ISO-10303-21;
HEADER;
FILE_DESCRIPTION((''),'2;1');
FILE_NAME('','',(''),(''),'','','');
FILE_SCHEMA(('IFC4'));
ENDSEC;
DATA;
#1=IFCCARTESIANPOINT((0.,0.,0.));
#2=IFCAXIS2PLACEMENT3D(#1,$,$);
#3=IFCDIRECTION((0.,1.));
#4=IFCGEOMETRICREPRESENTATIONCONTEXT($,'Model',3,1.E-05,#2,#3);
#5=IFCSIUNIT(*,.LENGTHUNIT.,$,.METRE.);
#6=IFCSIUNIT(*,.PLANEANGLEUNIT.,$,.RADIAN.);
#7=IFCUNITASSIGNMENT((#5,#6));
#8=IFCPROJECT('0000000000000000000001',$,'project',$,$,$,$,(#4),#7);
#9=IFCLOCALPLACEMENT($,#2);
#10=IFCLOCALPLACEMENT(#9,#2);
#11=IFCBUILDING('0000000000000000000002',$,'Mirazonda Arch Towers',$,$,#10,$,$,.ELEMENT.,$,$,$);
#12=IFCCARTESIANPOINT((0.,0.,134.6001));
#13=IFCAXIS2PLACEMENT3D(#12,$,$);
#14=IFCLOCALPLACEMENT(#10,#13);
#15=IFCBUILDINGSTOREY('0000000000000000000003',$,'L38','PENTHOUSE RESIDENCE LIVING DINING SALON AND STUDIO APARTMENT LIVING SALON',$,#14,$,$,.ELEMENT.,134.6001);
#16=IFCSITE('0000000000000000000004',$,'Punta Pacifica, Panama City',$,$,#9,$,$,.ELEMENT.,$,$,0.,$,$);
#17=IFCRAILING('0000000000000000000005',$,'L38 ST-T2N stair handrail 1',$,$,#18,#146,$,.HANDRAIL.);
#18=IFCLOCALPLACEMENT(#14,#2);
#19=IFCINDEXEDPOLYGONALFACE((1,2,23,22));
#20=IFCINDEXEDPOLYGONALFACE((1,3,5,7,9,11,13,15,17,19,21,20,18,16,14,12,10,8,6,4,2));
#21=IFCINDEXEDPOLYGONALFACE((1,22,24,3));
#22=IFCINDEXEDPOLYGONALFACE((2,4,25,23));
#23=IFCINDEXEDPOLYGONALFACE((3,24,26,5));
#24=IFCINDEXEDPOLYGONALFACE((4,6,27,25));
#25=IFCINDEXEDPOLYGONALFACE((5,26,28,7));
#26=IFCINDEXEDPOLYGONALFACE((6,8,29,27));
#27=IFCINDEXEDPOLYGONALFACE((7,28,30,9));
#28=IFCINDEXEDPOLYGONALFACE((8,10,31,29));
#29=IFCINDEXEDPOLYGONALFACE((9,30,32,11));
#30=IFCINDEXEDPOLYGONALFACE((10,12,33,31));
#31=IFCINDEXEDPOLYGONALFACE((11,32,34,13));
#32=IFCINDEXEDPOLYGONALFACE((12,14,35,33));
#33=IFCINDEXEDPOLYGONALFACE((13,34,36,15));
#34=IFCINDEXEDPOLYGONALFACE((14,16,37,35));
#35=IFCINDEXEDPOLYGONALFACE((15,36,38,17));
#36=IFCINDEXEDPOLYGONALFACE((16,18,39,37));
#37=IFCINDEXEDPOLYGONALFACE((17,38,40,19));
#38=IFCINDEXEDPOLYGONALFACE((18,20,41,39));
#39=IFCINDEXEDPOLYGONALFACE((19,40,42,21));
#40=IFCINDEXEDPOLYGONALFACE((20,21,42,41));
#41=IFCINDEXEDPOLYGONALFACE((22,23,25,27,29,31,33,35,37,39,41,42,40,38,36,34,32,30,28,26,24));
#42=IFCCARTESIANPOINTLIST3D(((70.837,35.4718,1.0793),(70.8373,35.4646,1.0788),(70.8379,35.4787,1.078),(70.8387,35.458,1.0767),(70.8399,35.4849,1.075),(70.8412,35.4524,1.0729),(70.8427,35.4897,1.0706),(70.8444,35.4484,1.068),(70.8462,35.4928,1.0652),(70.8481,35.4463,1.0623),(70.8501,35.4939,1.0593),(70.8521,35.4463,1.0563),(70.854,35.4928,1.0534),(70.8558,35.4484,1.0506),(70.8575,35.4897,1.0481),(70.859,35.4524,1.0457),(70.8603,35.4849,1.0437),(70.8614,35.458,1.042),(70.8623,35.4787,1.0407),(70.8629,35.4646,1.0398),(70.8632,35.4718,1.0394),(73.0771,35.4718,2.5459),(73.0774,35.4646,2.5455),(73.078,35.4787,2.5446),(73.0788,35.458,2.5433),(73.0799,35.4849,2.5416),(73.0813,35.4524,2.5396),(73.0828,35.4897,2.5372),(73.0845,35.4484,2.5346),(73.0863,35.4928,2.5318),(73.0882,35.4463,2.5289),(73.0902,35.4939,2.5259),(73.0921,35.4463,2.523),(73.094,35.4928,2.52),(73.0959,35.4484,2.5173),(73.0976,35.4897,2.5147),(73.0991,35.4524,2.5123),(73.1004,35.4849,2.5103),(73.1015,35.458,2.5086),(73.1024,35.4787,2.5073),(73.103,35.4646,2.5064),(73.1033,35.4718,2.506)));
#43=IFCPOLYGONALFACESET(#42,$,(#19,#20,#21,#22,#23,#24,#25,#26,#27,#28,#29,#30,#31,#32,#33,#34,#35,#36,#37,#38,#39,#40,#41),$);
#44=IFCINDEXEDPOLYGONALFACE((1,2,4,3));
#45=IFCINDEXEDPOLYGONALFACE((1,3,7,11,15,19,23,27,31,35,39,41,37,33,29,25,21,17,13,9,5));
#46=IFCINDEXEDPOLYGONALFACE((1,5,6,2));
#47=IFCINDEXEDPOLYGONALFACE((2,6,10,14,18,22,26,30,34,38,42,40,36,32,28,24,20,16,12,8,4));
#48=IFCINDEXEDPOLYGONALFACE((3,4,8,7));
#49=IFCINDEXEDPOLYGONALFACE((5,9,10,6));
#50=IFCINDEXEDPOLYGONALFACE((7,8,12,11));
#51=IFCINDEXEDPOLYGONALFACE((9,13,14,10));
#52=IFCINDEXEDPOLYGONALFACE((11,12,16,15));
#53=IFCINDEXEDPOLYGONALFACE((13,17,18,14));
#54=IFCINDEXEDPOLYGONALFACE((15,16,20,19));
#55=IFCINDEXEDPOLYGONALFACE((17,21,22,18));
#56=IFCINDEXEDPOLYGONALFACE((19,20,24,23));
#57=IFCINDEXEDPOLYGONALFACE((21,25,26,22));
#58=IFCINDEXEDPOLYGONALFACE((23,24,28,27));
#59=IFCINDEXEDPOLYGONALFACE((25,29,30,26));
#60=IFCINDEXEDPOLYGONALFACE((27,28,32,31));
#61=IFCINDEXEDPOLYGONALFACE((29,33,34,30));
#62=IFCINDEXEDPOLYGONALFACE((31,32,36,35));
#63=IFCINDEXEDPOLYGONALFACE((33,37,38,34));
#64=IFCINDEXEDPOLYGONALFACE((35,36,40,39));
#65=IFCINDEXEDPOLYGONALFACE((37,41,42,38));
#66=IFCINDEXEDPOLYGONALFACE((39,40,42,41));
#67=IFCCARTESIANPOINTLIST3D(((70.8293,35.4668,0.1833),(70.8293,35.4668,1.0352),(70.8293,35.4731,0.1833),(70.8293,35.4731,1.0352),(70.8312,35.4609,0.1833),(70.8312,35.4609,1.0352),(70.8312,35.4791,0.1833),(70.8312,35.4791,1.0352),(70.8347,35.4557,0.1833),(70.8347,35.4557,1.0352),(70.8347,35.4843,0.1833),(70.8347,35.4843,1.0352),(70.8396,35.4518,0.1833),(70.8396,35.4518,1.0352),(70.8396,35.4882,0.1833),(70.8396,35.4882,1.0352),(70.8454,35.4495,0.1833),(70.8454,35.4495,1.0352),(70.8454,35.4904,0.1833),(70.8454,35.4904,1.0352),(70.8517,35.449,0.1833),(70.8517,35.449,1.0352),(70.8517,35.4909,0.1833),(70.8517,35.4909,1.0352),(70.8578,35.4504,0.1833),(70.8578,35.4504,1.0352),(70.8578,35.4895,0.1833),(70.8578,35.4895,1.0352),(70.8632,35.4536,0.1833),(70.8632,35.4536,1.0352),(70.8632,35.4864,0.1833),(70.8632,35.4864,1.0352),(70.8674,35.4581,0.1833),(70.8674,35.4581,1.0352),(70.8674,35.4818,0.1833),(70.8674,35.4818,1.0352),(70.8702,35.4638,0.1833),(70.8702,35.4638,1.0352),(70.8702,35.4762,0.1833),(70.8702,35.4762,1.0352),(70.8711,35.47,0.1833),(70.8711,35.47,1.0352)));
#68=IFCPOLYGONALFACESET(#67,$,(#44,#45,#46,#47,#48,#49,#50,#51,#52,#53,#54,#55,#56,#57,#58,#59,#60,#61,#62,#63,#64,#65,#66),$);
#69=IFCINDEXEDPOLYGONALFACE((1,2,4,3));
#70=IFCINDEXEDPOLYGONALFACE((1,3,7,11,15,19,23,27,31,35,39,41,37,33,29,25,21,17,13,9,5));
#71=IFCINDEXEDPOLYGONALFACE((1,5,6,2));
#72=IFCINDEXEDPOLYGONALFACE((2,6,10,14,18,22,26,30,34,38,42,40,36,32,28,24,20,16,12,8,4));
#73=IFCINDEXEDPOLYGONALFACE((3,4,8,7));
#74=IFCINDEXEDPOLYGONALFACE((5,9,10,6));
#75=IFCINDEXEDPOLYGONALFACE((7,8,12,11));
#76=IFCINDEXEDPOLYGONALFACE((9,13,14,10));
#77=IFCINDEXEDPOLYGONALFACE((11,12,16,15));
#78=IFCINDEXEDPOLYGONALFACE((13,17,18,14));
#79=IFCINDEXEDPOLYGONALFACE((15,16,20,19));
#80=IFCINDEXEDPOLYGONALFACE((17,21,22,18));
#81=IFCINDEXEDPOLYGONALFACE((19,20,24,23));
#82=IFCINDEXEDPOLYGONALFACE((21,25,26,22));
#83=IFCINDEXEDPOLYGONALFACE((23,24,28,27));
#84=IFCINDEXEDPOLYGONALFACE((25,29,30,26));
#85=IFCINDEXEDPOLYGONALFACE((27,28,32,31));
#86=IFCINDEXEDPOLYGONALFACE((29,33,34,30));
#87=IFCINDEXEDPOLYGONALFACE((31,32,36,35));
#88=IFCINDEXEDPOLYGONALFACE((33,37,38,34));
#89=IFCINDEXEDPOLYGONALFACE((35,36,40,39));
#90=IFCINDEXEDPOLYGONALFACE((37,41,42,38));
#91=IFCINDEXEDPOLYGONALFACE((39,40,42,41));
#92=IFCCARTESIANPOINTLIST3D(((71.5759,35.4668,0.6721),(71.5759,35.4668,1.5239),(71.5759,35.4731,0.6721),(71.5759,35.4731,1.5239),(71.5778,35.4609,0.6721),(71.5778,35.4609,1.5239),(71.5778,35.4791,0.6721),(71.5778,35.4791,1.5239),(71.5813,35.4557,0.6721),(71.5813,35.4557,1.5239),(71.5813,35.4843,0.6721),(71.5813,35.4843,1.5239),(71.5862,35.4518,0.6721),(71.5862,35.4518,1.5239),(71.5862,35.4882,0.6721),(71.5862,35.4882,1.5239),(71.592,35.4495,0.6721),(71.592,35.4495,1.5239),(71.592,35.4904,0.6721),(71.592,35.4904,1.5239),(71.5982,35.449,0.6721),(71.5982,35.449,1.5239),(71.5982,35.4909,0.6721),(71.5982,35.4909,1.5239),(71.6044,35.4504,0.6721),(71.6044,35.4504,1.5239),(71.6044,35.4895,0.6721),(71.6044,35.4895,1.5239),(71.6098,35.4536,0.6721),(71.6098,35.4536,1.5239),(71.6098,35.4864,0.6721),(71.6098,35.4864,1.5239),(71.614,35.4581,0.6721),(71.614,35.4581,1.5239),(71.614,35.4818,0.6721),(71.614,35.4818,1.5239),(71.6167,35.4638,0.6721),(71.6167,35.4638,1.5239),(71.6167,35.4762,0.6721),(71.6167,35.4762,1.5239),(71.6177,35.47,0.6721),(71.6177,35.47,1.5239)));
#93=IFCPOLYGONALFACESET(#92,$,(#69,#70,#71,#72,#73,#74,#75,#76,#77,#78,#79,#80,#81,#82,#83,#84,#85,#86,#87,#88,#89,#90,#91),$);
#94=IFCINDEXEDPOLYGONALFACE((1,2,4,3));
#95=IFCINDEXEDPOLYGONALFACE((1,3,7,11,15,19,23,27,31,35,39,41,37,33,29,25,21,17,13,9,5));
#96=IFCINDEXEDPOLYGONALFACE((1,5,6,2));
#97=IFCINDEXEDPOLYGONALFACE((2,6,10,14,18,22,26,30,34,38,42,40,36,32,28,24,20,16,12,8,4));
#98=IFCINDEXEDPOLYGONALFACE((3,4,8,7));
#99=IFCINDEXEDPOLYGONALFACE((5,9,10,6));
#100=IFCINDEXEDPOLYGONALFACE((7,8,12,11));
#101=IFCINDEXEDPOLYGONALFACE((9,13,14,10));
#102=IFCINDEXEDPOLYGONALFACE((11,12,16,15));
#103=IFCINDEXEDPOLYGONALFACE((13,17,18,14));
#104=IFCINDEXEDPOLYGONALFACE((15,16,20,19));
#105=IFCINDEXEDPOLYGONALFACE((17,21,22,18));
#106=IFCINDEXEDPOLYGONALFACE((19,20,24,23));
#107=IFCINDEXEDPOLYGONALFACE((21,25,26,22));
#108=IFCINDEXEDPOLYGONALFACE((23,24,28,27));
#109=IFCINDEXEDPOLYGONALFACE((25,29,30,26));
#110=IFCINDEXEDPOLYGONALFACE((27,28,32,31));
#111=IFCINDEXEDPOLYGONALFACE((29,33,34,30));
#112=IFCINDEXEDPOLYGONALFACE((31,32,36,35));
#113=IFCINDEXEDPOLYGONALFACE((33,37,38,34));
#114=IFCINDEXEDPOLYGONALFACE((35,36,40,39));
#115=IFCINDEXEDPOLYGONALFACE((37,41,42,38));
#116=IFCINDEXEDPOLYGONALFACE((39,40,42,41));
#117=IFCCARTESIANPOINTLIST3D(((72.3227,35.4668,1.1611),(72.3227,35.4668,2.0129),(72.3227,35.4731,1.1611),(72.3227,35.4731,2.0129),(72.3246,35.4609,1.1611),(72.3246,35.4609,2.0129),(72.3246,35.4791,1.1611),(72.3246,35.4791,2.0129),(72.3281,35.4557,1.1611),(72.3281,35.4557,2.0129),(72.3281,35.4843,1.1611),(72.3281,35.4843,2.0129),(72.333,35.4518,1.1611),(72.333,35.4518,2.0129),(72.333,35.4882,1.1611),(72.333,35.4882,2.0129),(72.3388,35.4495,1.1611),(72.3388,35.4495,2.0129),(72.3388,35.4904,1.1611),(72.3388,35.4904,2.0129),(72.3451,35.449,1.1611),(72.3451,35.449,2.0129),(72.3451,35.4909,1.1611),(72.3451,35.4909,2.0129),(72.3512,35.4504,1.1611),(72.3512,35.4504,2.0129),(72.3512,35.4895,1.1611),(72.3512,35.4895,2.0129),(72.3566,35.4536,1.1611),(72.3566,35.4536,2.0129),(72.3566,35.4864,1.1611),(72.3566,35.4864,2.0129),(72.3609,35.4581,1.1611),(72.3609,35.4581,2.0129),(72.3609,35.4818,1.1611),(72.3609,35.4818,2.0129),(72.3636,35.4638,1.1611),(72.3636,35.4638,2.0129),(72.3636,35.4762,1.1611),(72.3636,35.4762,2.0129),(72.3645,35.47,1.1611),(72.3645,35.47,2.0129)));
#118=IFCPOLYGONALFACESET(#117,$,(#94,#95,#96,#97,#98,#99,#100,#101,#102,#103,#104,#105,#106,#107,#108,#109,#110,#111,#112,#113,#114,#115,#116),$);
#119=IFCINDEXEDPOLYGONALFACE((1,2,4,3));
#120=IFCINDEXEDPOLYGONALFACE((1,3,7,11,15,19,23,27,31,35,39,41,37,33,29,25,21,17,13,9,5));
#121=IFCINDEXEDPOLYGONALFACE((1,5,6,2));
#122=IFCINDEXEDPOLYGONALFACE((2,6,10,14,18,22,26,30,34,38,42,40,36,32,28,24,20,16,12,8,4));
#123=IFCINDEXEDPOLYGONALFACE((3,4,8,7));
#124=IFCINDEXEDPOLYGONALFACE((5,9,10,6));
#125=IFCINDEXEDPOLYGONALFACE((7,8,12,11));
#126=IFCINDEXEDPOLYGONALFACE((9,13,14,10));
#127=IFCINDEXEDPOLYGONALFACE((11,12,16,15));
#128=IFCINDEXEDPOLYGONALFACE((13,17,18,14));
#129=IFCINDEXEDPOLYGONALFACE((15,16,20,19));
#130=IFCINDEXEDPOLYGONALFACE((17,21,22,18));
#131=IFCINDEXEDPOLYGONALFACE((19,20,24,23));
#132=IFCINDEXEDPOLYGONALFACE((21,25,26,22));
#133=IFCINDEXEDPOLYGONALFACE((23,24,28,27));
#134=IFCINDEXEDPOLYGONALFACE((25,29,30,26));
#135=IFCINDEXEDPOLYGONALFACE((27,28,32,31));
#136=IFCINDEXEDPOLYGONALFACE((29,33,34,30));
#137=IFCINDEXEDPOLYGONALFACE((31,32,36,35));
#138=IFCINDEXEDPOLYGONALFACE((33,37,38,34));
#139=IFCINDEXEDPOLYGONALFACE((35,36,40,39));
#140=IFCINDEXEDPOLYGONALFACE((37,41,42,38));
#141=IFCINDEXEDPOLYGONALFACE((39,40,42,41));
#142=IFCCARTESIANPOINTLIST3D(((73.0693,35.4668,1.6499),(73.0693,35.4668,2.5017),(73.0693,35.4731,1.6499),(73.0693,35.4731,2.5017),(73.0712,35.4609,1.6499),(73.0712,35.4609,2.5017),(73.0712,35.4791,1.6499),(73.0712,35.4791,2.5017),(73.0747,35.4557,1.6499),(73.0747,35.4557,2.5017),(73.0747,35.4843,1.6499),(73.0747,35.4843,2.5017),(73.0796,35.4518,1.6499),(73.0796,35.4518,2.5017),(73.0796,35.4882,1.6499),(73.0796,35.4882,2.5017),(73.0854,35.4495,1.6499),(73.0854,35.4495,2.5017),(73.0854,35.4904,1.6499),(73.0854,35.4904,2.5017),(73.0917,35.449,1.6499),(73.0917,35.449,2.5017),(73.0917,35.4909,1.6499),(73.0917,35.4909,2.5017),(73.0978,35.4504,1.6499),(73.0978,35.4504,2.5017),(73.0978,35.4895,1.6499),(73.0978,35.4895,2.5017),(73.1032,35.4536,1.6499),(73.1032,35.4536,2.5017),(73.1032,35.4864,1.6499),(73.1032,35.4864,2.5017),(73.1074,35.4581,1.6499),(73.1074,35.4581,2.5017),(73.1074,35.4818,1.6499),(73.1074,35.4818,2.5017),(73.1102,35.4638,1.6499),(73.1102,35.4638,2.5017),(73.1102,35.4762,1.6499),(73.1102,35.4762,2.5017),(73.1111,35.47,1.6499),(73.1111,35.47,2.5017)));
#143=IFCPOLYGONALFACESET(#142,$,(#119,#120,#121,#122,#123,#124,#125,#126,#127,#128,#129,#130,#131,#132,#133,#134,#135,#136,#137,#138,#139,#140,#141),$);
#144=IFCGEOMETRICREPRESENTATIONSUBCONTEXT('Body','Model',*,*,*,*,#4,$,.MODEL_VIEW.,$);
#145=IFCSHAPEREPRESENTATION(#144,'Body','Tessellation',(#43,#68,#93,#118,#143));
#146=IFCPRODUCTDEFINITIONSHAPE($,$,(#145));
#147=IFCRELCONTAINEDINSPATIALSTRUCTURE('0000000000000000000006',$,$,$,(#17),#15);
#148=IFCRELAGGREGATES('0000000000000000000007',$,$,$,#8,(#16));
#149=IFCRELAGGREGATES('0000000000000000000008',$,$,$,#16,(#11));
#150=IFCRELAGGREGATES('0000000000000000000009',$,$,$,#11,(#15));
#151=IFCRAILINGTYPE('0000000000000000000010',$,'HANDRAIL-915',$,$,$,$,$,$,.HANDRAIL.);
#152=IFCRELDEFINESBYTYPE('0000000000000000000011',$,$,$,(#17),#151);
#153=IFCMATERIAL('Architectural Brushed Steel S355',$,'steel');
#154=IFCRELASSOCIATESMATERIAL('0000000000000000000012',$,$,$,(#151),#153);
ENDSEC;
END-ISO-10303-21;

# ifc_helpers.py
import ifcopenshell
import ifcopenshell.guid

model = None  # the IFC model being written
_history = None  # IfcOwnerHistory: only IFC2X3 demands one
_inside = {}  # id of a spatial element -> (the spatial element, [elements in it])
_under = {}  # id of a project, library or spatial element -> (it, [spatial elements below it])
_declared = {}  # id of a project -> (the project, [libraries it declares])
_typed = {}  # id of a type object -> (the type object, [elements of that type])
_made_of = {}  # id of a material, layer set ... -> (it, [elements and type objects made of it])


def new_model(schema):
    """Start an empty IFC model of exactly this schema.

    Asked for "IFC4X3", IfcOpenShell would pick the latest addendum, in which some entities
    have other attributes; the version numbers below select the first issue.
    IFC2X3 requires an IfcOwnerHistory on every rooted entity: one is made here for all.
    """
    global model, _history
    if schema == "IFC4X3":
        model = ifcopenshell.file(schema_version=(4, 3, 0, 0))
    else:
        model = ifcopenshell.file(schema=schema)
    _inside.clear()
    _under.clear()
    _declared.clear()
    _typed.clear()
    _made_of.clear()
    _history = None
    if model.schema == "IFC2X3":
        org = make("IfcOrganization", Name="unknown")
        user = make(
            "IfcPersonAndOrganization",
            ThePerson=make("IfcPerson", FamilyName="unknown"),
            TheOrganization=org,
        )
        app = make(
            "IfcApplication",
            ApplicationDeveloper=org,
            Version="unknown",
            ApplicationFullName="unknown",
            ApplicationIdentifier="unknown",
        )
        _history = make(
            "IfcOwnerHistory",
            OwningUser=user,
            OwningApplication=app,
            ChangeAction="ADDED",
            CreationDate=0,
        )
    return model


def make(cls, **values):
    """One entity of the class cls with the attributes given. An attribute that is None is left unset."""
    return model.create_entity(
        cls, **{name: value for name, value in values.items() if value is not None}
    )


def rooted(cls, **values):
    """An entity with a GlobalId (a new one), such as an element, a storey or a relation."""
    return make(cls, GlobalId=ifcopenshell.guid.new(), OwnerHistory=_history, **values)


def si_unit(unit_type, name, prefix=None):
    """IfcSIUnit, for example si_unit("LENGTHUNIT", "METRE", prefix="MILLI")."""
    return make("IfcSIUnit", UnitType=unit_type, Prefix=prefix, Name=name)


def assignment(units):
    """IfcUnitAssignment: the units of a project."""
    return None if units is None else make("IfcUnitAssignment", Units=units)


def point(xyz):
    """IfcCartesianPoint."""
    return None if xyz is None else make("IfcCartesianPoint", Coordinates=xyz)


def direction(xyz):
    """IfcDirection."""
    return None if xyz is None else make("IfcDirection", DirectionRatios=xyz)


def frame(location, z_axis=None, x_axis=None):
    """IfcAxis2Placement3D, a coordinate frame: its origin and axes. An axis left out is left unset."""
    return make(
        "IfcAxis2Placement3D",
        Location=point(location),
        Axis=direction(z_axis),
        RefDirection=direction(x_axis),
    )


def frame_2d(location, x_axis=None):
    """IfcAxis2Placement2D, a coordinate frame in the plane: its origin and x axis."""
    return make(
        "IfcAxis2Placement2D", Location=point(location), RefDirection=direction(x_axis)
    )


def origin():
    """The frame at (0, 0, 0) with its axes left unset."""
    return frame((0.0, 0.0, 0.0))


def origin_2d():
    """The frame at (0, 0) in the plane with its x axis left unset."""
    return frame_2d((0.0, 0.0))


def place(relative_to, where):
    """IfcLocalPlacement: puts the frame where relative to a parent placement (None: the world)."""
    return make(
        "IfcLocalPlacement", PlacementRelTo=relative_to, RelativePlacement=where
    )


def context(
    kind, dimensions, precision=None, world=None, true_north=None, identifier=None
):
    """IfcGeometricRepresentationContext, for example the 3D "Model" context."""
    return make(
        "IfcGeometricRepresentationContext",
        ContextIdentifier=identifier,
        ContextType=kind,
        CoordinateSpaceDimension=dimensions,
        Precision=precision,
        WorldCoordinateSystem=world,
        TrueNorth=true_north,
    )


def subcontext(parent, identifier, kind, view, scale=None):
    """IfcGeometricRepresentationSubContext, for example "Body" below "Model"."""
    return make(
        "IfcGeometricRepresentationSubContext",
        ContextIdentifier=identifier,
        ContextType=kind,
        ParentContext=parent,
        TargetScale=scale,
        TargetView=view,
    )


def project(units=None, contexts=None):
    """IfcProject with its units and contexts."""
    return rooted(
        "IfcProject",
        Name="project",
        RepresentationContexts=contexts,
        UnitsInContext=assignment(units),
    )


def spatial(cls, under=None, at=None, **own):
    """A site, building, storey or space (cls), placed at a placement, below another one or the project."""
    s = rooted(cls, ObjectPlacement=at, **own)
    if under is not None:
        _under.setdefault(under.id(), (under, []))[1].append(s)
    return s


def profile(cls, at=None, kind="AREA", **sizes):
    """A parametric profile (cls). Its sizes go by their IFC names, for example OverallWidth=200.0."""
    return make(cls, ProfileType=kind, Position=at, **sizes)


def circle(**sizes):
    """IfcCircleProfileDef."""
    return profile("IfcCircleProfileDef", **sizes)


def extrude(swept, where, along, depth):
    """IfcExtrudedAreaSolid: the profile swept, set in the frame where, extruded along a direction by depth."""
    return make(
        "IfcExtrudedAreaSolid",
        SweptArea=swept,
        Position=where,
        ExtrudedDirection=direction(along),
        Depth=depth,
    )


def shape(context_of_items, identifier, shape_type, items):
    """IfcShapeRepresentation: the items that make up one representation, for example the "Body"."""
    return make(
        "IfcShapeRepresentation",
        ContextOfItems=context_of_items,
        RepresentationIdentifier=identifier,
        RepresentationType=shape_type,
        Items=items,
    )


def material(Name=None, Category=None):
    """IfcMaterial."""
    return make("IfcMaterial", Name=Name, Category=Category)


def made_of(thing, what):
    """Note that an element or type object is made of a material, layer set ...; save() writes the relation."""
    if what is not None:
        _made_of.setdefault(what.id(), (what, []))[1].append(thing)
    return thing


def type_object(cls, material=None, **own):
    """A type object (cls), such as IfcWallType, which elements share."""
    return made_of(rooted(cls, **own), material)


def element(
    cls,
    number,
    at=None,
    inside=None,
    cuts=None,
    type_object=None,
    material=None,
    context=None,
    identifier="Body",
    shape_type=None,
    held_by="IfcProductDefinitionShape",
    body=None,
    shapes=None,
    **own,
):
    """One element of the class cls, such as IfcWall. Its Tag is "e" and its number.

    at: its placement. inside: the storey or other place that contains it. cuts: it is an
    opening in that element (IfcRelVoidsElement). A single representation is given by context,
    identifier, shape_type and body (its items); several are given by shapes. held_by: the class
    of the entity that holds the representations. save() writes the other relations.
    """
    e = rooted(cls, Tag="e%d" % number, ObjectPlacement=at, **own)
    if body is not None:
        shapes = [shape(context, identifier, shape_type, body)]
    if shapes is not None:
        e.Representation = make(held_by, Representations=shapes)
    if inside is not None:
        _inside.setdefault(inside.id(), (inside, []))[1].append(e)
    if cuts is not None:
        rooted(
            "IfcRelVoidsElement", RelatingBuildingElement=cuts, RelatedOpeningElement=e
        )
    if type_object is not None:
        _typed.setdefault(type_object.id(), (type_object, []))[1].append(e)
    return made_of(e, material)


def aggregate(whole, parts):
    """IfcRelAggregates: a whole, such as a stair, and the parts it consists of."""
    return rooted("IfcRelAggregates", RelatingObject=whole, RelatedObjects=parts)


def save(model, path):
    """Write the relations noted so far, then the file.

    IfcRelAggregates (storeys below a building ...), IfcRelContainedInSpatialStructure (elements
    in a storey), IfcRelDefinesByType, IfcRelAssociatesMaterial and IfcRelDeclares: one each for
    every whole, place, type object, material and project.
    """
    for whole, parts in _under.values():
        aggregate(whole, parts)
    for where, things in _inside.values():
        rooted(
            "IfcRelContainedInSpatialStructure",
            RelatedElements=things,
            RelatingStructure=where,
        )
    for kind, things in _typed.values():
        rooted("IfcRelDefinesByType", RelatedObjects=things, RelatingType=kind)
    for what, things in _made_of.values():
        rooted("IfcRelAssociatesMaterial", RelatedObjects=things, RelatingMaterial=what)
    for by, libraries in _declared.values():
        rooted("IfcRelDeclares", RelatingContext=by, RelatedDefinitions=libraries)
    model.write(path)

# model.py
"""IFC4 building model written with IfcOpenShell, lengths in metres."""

from ifc_helpers import new_model, si_unit, direction, frame, origin, origin_2d, place, context, subcontext, project, spatial, circle, extrude, material, type_object, element, save


model = new_model("IFC4")

# Units and contexts
model_context = context("Model", 3, precision=1e-05, world=origin(), true_north=direction((0.0, 1.0)))
body_context = subcontext(model_context, "Body", "Model", "MODEL_VIEW")
ifc_project = project(units=[si_unit("LENGTHUNIT", "METRE"), si_unit("PLANEANGLEUNIT", "RADIAN")], contexts=[model_context])

# Site, building, storey
site_placement = place(None, origin())
site = spatial("IfcSite", under=ifc_project, at=site_placement, Name="Punta Pacifica, Panama City", CompositionType="ELEMENT", RefElevation=0.0)
building_placement = place(site_placement, origin())
building = spatial("IfcBuilding", under=site, at=building_placement, Name="Mirazonda Arch Towers", CompositionType="ELEMENT")
storey_placement = place(building_placement, frame((0.0, 0.0, 134.6001)))
storey = spatial("IfcBuildingStorey", under=building, at=storey_placement, Name="L38", Description="PENTHOUSE RESIDENCE LIVING DINING SALON AND STUDIO APARTMENT LIVING SALON", CompositionType="ELEMENT", Elevation=134.6001)

# Shared definitions
ifc_material_1 = material(Name="Architectural Brushed Steel S355", Category="steel")

# Railing
railing_type_1 = type_object("IfcRailingType", Name="HANDRAIL-915", PredefinedType="HANDRAIL", material=ifc_material_1)
railing_1_placement = place(storey_placement, frame((70.8501, 35.47, 0.1833)))
element("IfcRailing", 1, at=railing_1_placement, inside=storey, type_object=railing_type_1, Name="L38 ST-T2N stair handrail 1", PredefinedType="HANDRAIL", context=body_context, shape_type="SweptSolid", body=[
    extrude(circle(Radius=0.0239, at=origin_2d()), frame((0.0, 0.0, 0.876), z_axis=(0.836637, 0.0, 0.547758), x_axis=(0.0, 1.0, 0.0)), (0.0, 0.0, 1.0), 2.6775),
    extrude(circle(Radius=0.021, at=origin_2d()), origin(), (0.0, 0.0, 1.0), 0.8518),
    extrude(circle(Radius=0.021, at=origin_2d()), frame((0.7466, 0.0, 0.4888)), (0.0, 0.0, 1.0), 0.8518),
    extrude(circle(Radius=0.021, at=origin_2d()), frame((1.4934, 0.0, 0.9778)), (0.0, 0.0, 1.0), 0.8518),
    extrude(circle(Radius=0.021, at=origin_2d()), frame((2.24, 0.0, 1.4666)), (0.0, 0.0, 1.0), 0.8518),
])

save(model, "model.ifc")
